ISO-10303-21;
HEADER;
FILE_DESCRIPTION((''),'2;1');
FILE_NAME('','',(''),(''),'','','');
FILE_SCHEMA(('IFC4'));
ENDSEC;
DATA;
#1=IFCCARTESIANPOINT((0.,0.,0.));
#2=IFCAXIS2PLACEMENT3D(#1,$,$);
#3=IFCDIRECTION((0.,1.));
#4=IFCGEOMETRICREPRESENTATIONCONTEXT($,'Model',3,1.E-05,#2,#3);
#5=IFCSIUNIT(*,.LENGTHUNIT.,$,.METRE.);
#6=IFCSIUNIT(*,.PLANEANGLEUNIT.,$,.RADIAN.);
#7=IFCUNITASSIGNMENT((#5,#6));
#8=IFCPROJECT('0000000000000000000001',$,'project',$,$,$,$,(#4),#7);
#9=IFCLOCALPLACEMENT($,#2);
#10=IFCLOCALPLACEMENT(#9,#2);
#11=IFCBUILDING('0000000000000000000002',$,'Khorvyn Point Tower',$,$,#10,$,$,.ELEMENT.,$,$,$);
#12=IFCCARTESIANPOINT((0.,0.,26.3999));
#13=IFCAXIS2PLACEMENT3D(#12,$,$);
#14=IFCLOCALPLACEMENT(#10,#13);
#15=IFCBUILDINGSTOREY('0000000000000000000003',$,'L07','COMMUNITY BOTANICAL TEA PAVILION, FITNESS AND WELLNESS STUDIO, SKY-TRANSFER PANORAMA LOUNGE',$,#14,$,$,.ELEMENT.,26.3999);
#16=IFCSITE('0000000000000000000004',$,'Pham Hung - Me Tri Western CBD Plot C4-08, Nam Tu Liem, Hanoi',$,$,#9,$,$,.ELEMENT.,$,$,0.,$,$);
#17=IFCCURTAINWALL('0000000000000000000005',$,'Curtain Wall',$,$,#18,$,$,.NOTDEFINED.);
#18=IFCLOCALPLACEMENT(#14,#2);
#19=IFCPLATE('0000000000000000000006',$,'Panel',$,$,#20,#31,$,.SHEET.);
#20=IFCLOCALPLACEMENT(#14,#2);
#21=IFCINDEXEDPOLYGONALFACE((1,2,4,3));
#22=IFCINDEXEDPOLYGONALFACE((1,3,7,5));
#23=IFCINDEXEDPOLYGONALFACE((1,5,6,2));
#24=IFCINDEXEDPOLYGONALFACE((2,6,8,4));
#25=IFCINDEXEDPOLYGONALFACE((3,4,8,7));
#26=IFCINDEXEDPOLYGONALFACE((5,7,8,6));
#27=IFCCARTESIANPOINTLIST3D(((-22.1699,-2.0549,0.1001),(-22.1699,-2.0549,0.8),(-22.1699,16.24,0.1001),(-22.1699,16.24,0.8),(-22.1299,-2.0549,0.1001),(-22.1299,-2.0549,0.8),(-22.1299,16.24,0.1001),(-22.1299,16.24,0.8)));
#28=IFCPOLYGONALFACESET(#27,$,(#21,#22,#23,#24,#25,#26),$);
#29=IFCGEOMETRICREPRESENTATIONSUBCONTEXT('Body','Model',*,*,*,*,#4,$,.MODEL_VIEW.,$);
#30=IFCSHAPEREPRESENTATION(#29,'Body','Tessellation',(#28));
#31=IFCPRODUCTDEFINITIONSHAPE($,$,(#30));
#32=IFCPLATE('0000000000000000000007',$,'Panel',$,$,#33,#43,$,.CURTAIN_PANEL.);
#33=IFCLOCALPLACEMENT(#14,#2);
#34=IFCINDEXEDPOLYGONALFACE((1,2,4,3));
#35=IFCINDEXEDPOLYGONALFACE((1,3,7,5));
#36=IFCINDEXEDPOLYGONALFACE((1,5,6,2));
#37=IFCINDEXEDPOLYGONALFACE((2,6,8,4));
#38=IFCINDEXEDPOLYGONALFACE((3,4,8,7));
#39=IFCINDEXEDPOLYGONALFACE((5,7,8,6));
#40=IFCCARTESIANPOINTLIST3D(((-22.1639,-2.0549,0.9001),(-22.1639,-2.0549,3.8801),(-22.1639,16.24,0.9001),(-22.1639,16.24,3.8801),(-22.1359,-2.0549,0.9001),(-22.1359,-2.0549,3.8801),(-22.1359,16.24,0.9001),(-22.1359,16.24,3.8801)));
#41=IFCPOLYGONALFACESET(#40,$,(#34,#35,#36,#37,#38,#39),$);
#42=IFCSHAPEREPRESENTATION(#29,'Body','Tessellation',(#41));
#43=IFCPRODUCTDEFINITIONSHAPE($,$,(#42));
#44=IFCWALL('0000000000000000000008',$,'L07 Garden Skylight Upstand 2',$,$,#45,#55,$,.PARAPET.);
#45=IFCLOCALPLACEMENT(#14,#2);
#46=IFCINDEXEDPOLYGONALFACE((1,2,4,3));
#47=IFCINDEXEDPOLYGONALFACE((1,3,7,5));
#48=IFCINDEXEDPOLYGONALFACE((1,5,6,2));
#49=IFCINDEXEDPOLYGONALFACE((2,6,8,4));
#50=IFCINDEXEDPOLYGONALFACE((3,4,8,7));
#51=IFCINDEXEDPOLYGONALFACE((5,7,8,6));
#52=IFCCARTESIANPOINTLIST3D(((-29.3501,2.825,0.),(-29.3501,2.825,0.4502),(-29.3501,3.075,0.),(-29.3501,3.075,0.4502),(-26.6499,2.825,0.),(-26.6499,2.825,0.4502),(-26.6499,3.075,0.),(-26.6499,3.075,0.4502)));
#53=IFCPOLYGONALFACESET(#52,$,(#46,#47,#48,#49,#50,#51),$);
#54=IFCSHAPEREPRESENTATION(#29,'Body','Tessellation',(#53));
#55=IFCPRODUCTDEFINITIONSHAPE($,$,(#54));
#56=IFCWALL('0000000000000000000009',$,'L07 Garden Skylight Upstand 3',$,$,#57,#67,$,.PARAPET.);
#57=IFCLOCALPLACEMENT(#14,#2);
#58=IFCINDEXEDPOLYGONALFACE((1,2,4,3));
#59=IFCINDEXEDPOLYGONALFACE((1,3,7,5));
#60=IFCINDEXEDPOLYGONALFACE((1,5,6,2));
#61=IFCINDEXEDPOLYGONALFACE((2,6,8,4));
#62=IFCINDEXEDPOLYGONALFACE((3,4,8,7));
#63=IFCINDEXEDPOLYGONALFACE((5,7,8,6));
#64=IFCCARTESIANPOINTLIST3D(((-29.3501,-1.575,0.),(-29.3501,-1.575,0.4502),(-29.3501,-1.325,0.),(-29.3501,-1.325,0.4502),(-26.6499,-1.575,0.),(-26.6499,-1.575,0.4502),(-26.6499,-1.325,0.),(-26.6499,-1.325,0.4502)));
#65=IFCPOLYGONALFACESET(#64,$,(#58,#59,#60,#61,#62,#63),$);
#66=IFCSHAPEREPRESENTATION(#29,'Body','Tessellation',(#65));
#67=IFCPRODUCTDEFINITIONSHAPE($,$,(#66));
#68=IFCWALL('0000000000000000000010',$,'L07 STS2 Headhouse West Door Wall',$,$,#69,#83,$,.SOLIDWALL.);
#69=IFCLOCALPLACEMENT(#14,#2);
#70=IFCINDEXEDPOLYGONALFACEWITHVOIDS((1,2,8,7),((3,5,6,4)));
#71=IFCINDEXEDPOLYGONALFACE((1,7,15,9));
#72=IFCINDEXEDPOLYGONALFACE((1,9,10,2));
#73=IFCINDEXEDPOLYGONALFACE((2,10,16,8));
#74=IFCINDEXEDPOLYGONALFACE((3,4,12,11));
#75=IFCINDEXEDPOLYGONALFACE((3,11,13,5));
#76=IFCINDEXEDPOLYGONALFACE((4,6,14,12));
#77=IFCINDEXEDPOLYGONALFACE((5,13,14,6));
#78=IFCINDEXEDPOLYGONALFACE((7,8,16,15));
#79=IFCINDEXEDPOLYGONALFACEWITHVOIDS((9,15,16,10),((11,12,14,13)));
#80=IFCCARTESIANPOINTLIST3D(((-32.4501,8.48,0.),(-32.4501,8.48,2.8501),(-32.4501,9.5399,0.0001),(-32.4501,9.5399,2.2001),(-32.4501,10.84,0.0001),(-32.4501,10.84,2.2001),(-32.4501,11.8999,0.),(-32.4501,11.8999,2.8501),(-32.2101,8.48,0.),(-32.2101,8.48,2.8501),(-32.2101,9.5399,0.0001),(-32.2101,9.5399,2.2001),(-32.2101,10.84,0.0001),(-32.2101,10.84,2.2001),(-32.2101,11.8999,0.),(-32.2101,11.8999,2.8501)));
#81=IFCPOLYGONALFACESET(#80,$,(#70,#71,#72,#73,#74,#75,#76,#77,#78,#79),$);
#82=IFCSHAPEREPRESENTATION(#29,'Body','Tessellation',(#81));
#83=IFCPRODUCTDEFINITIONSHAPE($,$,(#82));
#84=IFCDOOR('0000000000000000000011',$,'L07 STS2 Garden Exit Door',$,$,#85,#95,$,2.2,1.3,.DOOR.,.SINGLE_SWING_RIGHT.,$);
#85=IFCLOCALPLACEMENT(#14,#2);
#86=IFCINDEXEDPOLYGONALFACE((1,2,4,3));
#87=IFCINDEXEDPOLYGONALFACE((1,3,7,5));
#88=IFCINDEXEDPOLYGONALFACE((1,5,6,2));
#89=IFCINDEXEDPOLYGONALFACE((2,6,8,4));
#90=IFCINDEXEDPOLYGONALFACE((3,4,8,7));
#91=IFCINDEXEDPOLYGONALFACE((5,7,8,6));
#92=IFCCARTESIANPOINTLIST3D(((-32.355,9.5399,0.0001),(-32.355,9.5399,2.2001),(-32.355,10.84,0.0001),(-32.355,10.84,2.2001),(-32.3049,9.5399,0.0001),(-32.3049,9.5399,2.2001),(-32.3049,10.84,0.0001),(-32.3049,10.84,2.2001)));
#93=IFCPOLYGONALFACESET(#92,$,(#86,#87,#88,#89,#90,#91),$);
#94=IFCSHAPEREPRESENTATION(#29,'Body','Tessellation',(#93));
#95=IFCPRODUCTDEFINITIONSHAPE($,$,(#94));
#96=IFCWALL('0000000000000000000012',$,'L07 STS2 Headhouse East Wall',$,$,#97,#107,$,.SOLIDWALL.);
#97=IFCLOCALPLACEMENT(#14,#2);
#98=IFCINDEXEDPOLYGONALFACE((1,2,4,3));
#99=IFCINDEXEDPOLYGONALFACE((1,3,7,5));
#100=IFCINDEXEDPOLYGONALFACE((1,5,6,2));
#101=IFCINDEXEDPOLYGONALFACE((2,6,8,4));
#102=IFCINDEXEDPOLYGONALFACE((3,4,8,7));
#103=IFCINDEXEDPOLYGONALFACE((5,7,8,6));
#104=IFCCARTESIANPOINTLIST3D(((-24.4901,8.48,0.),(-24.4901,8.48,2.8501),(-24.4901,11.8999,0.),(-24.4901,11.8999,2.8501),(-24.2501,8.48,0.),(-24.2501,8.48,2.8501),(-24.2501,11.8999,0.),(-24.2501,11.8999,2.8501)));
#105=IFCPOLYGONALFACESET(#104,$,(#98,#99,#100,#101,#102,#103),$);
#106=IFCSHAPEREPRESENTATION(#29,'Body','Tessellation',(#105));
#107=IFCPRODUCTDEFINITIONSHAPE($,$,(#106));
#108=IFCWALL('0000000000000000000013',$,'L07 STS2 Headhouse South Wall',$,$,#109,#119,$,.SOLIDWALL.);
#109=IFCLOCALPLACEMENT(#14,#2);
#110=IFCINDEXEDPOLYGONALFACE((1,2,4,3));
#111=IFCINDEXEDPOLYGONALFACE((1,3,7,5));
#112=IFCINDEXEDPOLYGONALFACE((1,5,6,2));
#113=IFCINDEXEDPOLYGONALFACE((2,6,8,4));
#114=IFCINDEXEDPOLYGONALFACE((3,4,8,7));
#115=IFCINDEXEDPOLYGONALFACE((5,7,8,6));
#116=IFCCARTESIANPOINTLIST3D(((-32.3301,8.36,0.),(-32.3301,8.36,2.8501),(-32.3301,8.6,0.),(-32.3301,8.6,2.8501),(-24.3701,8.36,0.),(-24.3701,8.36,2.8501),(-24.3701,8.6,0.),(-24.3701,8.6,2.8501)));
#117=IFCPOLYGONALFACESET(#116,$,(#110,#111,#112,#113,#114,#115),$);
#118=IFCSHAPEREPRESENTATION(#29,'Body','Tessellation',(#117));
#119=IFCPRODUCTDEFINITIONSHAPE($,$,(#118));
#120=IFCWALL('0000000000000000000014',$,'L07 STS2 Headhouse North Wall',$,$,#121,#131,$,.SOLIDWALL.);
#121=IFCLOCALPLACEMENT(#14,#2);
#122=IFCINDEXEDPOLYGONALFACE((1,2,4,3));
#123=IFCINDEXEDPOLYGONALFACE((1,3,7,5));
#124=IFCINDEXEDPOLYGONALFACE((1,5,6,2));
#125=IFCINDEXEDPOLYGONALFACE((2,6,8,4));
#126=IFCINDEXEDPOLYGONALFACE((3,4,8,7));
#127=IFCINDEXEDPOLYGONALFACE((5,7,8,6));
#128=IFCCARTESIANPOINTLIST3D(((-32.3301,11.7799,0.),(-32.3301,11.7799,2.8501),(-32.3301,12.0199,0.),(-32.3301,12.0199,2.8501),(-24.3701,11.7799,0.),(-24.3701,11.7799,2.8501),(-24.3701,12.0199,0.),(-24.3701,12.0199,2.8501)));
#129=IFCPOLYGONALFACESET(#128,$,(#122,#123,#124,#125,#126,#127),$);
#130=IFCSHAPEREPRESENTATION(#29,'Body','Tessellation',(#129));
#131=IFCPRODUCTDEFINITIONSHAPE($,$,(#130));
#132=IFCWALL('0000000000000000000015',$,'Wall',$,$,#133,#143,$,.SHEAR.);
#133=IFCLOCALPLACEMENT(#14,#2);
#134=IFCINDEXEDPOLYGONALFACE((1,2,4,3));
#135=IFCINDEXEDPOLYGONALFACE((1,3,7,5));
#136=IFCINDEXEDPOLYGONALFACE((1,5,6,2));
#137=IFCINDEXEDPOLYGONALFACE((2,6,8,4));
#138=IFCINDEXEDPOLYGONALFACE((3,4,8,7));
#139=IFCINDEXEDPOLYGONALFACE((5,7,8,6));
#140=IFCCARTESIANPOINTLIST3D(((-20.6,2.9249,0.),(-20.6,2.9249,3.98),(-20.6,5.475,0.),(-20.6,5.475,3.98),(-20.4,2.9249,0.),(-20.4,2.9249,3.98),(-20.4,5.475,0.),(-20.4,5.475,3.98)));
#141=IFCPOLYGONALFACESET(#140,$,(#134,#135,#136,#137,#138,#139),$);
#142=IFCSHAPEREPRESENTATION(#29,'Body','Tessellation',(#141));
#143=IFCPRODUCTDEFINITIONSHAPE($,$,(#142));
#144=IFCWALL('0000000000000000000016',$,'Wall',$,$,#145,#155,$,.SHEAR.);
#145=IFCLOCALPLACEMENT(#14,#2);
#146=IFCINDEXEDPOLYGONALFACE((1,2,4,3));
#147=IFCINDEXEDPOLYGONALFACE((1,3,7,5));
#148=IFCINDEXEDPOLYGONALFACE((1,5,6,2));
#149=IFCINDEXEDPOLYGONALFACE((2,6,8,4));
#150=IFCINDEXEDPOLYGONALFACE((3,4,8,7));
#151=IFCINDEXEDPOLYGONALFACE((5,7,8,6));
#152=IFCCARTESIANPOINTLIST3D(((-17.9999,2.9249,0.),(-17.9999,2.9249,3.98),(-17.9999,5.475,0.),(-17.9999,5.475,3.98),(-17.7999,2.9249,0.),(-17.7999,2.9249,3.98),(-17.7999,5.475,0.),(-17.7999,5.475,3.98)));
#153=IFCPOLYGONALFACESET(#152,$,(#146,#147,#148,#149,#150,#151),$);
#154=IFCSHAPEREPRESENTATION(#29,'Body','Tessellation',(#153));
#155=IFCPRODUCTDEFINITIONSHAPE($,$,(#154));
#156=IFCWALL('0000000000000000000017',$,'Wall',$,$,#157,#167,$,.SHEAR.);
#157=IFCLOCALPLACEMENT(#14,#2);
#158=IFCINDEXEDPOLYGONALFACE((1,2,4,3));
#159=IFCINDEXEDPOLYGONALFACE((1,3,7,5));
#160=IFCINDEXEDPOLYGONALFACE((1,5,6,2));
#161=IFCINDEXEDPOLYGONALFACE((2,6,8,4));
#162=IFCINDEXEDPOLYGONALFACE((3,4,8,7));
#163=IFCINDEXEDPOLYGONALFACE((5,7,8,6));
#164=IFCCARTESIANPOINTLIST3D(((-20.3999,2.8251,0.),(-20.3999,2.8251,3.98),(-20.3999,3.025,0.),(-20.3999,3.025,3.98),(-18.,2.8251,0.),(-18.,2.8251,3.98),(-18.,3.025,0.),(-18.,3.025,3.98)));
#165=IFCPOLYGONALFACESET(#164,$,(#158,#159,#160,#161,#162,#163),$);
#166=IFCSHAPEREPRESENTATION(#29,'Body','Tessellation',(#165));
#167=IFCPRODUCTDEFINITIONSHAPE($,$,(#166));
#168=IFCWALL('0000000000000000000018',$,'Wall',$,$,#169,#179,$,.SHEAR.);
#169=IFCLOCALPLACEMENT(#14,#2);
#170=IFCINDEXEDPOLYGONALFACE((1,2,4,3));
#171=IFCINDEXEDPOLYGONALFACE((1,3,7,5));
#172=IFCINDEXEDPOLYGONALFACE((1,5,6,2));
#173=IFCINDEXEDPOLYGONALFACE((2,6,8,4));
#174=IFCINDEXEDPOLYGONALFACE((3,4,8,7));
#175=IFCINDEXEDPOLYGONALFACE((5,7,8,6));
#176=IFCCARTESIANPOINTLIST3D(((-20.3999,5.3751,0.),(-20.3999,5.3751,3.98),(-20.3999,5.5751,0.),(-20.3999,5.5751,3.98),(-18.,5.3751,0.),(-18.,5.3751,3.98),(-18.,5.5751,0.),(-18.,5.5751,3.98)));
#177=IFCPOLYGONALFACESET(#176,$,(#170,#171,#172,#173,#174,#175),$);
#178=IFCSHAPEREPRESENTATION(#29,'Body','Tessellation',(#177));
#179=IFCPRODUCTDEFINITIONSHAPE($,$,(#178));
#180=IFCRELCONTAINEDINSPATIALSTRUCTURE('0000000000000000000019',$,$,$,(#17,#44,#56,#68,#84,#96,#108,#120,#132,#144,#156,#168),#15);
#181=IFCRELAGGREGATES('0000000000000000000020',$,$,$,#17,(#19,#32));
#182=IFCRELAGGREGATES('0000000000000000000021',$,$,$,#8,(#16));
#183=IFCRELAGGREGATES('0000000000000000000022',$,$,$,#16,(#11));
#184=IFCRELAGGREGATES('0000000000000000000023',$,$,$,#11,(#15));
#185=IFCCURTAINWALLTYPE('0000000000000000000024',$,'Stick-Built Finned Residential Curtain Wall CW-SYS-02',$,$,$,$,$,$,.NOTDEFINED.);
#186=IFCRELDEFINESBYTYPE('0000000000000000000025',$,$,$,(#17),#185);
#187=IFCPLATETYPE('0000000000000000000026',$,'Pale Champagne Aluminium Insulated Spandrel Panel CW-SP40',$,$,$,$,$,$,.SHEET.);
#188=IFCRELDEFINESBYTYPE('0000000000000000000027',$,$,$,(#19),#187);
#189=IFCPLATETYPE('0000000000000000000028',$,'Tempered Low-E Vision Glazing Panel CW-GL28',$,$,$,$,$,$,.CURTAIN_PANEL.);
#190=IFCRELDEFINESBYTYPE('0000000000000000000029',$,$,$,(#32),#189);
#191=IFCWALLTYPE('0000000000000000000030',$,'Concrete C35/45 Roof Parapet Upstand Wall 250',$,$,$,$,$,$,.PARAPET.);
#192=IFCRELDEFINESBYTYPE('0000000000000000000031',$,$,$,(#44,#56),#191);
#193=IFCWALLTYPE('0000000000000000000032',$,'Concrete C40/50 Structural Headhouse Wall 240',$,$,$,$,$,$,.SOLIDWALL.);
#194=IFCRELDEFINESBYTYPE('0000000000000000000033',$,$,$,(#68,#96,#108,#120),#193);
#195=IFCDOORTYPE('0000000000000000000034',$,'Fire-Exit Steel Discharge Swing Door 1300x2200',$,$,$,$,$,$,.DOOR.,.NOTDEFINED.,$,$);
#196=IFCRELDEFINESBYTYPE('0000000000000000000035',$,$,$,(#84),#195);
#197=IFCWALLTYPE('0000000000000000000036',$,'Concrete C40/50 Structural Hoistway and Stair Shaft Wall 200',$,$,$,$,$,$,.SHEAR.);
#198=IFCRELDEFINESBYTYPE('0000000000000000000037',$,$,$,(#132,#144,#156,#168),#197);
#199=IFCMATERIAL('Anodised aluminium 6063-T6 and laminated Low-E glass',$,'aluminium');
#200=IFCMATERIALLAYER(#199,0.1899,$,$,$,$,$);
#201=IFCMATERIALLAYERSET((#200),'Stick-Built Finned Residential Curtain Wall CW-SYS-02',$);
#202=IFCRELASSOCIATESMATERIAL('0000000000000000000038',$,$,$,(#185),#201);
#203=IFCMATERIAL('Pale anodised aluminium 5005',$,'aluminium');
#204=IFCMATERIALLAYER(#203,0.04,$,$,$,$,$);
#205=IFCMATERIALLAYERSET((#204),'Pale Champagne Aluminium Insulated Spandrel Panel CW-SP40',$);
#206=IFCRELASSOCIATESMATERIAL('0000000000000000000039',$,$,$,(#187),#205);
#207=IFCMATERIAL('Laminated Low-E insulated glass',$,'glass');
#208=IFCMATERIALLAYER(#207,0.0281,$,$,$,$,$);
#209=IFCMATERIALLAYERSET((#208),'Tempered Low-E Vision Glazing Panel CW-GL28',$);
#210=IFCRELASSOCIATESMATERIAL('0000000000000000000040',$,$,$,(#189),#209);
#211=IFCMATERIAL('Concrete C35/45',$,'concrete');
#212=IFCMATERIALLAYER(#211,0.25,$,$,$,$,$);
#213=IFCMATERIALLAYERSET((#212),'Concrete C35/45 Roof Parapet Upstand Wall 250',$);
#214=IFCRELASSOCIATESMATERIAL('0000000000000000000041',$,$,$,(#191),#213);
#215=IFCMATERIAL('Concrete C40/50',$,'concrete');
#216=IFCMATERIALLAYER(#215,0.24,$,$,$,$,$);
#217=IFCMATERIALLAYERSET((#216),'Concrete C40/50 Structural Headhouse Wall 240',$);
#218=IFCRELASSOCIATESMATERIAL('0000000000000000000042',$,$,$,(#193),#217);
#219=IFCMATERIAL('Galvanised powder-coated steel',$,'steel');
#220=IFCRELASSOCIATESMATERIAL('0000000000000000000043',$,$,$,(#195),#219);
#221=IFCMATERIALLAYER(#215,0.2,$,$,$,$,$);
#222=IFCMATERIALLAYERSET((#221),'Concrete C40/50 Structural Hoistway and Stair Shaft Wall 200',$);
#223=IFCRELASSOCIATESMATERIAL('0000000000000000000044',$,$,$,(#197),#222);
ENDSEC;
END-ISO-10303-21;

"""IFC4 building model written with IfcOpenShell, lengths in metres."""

from ifc_helpers import new_model, si_unit, direction, frame, frame_2d, origin, origin_2d, place, context, subcontext, project, spatial, rectangle, extrude, material, layer, layer_set, type_object, element, fill, aggregate, save


model = new_model("IFC4")

# Units and contexts
model_context = context("Model", 3, precision=1e-05, world=origin(), true_north=direction((0.0, 1.0)))
body_context = subcontext(model_context, "Body", "Model", "MODEL_VIEW")
ifc_project = project(units=[si_unit("LENGTHUNIT", "METRE"), si_unit("PLANEANGLEUNIT", "RADIAN")], contexts=[model_context])

# Site, building, storey
site_placement = place(None, origin())
site = spatial("IfcSite", under=ifc_project, at=site_placement, Name="Pham Hung - Me Tri Western CBD Plot C4-08, Nam Tu Liem, Hanoi", CompositionType="ELEMENT", RefElevation=0.0)
building_placement = place(site_placement, origin())
building = spatial("IfcBuilding", under=site, at=building_placement, Name="Khorvyn Point Tower", CompositionType="ELEMENT")
storey_placement = place(building_placement, frame((0.0, 0.0, 26.3999)))
storey = spatial("IfcBuildingStorey", under=building, at=storey_placement, Name="L07", Description="COMMUNITY BOTANICAL TEA PAVILION, FITNESS AND WELLNESS STUDIO, SKY-TRANSFER PANORAMA LOUNGE", CompositionType="ELEMENT", Elevation=26.3999)

# Curtain wall, plates
ifc_material_1 = material(Name="Anodised aluminium 6063-T6 and laminated Low-E glass", Category="aluminium")
ifc_layer_1 = layer(ifc_material_1, 0.1899)
ifc_layer_set_1 = layer_set([ifc_layer_1], Name="Stick-Built Finned Residential Curtain Wall CW-SYS-02")
curtain_wall_type = type_object("IfcCurtainWallType", Name="Stick-Built Finned Residential Curtain Wall CW-SYS-02", PredefinedType="NOTDEFINED", material=ifc_layer_set_1)
curtain_wall_placement = place(storey_placement, origin())
curtain_wall = element("IfcCurtainWall", 1, at=curtain_wall_placement, inside=storey, type_object=curtain_wall_type, Name="Curtain Wall", PredefinedType="NOTDEFINED")
ifc_material_2 = material(Name="Pale anodised aluminium 5005", Category="aluminium")
ifc_layer_2 = layer(ifc_material_2, 0.04)
ifc_layer_set_2 = layer_set([ifc_layer_2], Name="Pale Champagne Aluminium Insulated Spandrel Panel CW-SP40")
plate_type_1 = type_object("IfcPlateType", Name="Pale Champagne Aluminium Insulated Spandrel Panel CW-SP40", PredefinedType="SHEET", material=ifc_layer_set_2)
plate_1_placement = place(storey_placement, frame((-22.1499, 7.0925, 0.1001), z_axis=(0.0, 0.0, 1.0), x_axis=(0.0, 1.0, 0.0)))
plate_1 = element("IfcPlate", 2, at=plate_1_placement, type_object=plate_type_1, Name="Panel", PredefinedType="SHEET", context=body_context, shape_type="SweptSolid", body=[
    extrude(rectangle(XDim=18.2949, YDim=0.04, at=origin_2d()), origin(), (0.0, 0.0, 1.0), 0.7),
])
ifc_material_3 = material(Name="Laminated Low-E insulated glass", Category="glass")
ifc_layer_3 = layer(ifc_material_3, 0.0281)
ifc_layer_set_3 = layer_set([ifc_layer_3], Name="Tempered Low-E Vision Glazing Panel CW-GL28")
plate_type_2 = type_object("IfcPlateType", Name="Tempered Low-E Vision Glazing Panel CW-GL28", PredefinedType="CURTAIN_PANEL", material=ifc_layer_set_3)
plate_2_placement = place(storey_placement, frame((-22.1499, 7.0925, 0.9001), z_axis=(0.0, 0.0, 1.0), x_axis=(0.0, 1.0, 0.0)))
plate_2 = element("IfcPlate", 3, at=plate_2_placement, type_object=plate_type_2, Name="Panel", PredefinedType="CURTAIN_PANEL", context=body_context, shape_type="SweptSolid", body=[
    extrude(rectangle(XDim=18.2949, YDim=0.0281, at=origin_2d()), origin(), (0.0, 0.0, 1.0), 2.98),
])
aggregate(curtain_wall, [plate_1, plate_2])

# Walls
ifc_material_4 = material(Name="Concrete C35/45", Category="concrete")
ifc_layer_4 = layer(ifc_material_4, 0.25)
ifc_layer_set_4 = layer_set([ifc_layer_4], Name="Concrete C35/45 Roof Parapet Upstand Wall 250")
wall_type_1 = type_object("IfcWallType", Name="Concrete C35/45 Roof Parapet Upstand Wall 250", PredefinedType="PARAPET", material=ifc_layer_set_4)
for number, where, z_axis, x_axis, name in (
    (4, (-29.3501, 2.95, 0.0), (0.0, 0.0, 1.0), (1.0, 0.0, 0.0), "L07 Garden Skylight Upstand 2"),
    (5, (-29.3501, -1.45, 0.0), (0.0, 0.0, 1.0), (1.0, 0.0, 0.0), "L07 Garden Skylight Upstand 3"),
):
    element("IfcWall", number, at=place(storey_placement, frame(where, z_axis=z_axis, x_axis=x_axis)), inside=storey, type_object=wall_type_1, Name=name, PredefinedType="PARAPET", context=body_context, shape_type="SweptSolid", body=[
        extrude(rectangle(XDim=2.7002, YDim=0.25, at=frame_2d((1.3501, 0.0))), origin(), (0.0, 0.0, 1.0), 0.4502),
    ])

# Wall, opening, door
ifc_material_5 = material(Name="Concrete C40/50", Category="concrete")
ifc_layer_5 = layer(ifc_material_5, 0.24)
ifc_layer_set_5 = layer_set([ifc_layer_5], Name="Concrete C40/50 Structural Headhouse Wall 240")
wall_type_2 = type_object("IfcWallType", Name="Concrete C40/50 Structural Headhouse Wall 240", PredefinedType="SOLIDWALL", material=ifc_layer_set_5)
wall_1_placement = place(storey_placement, frame((-32.3301, 8.48, 0.0), z_axis=(0.0, 0.0, 1.0), x_axis=(0.0, 1.0, 0.0)))
wall_1 = element("IfcWall", 6, at=wall_1_placement, inside=storey, type_object=wall_type_2, Name="L07 STS2 Headhouse West Door Wall", PredefinedType="SOLIDWALL", context=body_context, shape_type="SweptSolid", body=[
    extrude(rectangle(XDim=3.4199, YDim=0.24, at=frame_2d((1.71, 0.0))), origin(), (0.0, 0.0, 1.0), 2.8501),
])
opening_1_placement = place(wall_1_placement, frame((1.0601, 0.0, 0.0)))
opening_1 = element("IfcOpeningElement", 7, at=opening_1_placement, cuts=wall_1, PredefinedType="OPENING", context=body_context, shape_type="SweptSolid", body=[
    extrude(rectangle(XDim=1.3, YDim=2.2, at=frame_2d((0.6499, 1.1001))), frame((0.0, 0.1299, 0.0), z_axis=(0.0, -1.0, 0.0), x_axis=(1.0, 0.0, 0.0)), (0.0, 0.0, 1.0), 0.26),
])
ifc_material_6 = material(Name="Galvanised powder-coated steel", Category="steel")
door_type_1 = type_object("IfcDoorType", Name="Fire-Exit Steel Discharge Swing Door 1300x2200", OperationType="NOTDEFINED", PredefinedType="DOOR", material=ifc_material_6)
door_1_placement = place(opening_1_placement, origin())
door_1 = element("IfcDoor", 8, at=door_1_placement, inside=storey, type_object=door_type_1, Name="L07 STS2 Garden Exit Door", OperationType="SINGLE_SWING_RIGHT", OverallHeight=2.2, OverallWidth=1.3, PredefinedType="DOOR", context=body_context, shape_type="SweptSolid", body=[
    extrude(rectangle(XDim=1.3, YDim=2.2, at=frame_2d((0.6499, 1.1001))), frame((0.0, 0.0249, 0.0), z_axis=(0.0, -1.0, 0.0), x_axis=(1.0, 0.0, 0.0)), (0.0, 0.0, 1.0), 0.05),
])
fill(opening_1, door_1)

# Walls
wall_2_placement = place(storey_placement, frame((-24.3701, 11.8999, 0.0), z_axis=(0.0, 0.0, 1.0), x_axis=(0.0, -1.0, 0.0)))
element("IfcWall", 9, at=wall_2_placement, inside=storey, type_object=wall_type_2, Name="L07 STS2 Headhouse East Wall", PredefinedType="SOLIDWALL", context=body_context, shape_type="SweptSolid", body=[
    extrude(rectangle(XDim=3.4199, YDim=0.24, at=frame_2d((1.71, 0.0))), origin(), (0.0, 0.0, 1.0), 2.8501),
])
for number, where, z_axis, x_axis, name in (
    (10, (-24.3701, 8.48, 0.0), (0.0, 0.0, 1.0), (-1.0, 0.0, 0.0), "L07 STS2 Headhouse South Wall"),
    (11, (-32.3301, 11.8999, 0.0), (0.0, 0.0, 1.0), (1.0, 0.0, 0.0), "L07 STS2 Headhouse North Wall"),
):
    element("IfcWall", number, at=place(storey_placement, frame(where, z_axis=z_axis, x_axis=x_axis)), inside=storey, type_object=wall_type_2, Name=name, PredefinedType="SOLIDWALL", context=body_context, shape_type="SweptSolid", body=[
        extrude(rectangle(XDim=7.96, YDim=0.24, at=frame_2d((3.98, 0.0))), origin(), (0.0, 0.0, 1.0), 2.8501),
    ])
ifc_layer_6 = layer(ifc_material_5, 0.2)
ifc_layer_set_6 = layer_set([ifc_layer_6], Name="Concrete C40/50 Structural Hoistway and Stair Shaft Wall 200")
wall_type_3 = type_object("IfcWallType", Name="Concrete C40/50 Structural Hoistway and Stair Shaft Wall 200", PredefinedType="SHEAR", material=ifc_layer_set_6)
for number, where, z_axis, x_axis, name in (
    (12, (-20.5, 2.925, 0.0), (0.0, 0.0, 1.0), (0.0, 1.0, 0.0), "Wall"),
    (13, (-17.8999, 2.925, 0.0), (0.0, 0.0, 1.0), (0.0, 1.0, 0.0), "Wall"),
):
    element("IfcWall", number, at=place(storey_placement, frame(where, z_axis=z_axis, x_axis=x_axis)), inside=storey, type_object=wall_type_3, Name=name, PredefinedType="SHEAR", context=body_context, shape_type="SweptSolid", body=[
        extrude(rectangle(XDim=2.55, YDim=0.2, at=frame_2d((1.2749, 0.0))), origin(), (0.0, 0.0, 1.0), 3.98),
    ])
for number, where, z_axis, x_axis, name in (
    (14, (-20.3999, 2.925, 0.0), (0.0, 0.0, 1.0), (1.0, 0.0, 0.0), "Wall"),
    (15, (-20.3999, 5.4751, 0.0), (0.0, 0.0, 1.0), (1.0, 0.0, 0.0), "Wall"),
):
    element("IfcWall", number, at=place(storey_placement, frame(where, z_axis=z_axis, x_axis=x_axis)), inside=storey, type_object=wall_type_3, Name=name, PredefinedType="SHEAR", context=body_context, shape_type="SweptSolid", body=[
        extrude(rectangle(XDim=2.3999, YDim=0.2, at=frame_2d((1.2, 0.0))), origin(), (0.0, 0.0, 1.0), 3.98),
    ])

save(model, "model.ifc")
